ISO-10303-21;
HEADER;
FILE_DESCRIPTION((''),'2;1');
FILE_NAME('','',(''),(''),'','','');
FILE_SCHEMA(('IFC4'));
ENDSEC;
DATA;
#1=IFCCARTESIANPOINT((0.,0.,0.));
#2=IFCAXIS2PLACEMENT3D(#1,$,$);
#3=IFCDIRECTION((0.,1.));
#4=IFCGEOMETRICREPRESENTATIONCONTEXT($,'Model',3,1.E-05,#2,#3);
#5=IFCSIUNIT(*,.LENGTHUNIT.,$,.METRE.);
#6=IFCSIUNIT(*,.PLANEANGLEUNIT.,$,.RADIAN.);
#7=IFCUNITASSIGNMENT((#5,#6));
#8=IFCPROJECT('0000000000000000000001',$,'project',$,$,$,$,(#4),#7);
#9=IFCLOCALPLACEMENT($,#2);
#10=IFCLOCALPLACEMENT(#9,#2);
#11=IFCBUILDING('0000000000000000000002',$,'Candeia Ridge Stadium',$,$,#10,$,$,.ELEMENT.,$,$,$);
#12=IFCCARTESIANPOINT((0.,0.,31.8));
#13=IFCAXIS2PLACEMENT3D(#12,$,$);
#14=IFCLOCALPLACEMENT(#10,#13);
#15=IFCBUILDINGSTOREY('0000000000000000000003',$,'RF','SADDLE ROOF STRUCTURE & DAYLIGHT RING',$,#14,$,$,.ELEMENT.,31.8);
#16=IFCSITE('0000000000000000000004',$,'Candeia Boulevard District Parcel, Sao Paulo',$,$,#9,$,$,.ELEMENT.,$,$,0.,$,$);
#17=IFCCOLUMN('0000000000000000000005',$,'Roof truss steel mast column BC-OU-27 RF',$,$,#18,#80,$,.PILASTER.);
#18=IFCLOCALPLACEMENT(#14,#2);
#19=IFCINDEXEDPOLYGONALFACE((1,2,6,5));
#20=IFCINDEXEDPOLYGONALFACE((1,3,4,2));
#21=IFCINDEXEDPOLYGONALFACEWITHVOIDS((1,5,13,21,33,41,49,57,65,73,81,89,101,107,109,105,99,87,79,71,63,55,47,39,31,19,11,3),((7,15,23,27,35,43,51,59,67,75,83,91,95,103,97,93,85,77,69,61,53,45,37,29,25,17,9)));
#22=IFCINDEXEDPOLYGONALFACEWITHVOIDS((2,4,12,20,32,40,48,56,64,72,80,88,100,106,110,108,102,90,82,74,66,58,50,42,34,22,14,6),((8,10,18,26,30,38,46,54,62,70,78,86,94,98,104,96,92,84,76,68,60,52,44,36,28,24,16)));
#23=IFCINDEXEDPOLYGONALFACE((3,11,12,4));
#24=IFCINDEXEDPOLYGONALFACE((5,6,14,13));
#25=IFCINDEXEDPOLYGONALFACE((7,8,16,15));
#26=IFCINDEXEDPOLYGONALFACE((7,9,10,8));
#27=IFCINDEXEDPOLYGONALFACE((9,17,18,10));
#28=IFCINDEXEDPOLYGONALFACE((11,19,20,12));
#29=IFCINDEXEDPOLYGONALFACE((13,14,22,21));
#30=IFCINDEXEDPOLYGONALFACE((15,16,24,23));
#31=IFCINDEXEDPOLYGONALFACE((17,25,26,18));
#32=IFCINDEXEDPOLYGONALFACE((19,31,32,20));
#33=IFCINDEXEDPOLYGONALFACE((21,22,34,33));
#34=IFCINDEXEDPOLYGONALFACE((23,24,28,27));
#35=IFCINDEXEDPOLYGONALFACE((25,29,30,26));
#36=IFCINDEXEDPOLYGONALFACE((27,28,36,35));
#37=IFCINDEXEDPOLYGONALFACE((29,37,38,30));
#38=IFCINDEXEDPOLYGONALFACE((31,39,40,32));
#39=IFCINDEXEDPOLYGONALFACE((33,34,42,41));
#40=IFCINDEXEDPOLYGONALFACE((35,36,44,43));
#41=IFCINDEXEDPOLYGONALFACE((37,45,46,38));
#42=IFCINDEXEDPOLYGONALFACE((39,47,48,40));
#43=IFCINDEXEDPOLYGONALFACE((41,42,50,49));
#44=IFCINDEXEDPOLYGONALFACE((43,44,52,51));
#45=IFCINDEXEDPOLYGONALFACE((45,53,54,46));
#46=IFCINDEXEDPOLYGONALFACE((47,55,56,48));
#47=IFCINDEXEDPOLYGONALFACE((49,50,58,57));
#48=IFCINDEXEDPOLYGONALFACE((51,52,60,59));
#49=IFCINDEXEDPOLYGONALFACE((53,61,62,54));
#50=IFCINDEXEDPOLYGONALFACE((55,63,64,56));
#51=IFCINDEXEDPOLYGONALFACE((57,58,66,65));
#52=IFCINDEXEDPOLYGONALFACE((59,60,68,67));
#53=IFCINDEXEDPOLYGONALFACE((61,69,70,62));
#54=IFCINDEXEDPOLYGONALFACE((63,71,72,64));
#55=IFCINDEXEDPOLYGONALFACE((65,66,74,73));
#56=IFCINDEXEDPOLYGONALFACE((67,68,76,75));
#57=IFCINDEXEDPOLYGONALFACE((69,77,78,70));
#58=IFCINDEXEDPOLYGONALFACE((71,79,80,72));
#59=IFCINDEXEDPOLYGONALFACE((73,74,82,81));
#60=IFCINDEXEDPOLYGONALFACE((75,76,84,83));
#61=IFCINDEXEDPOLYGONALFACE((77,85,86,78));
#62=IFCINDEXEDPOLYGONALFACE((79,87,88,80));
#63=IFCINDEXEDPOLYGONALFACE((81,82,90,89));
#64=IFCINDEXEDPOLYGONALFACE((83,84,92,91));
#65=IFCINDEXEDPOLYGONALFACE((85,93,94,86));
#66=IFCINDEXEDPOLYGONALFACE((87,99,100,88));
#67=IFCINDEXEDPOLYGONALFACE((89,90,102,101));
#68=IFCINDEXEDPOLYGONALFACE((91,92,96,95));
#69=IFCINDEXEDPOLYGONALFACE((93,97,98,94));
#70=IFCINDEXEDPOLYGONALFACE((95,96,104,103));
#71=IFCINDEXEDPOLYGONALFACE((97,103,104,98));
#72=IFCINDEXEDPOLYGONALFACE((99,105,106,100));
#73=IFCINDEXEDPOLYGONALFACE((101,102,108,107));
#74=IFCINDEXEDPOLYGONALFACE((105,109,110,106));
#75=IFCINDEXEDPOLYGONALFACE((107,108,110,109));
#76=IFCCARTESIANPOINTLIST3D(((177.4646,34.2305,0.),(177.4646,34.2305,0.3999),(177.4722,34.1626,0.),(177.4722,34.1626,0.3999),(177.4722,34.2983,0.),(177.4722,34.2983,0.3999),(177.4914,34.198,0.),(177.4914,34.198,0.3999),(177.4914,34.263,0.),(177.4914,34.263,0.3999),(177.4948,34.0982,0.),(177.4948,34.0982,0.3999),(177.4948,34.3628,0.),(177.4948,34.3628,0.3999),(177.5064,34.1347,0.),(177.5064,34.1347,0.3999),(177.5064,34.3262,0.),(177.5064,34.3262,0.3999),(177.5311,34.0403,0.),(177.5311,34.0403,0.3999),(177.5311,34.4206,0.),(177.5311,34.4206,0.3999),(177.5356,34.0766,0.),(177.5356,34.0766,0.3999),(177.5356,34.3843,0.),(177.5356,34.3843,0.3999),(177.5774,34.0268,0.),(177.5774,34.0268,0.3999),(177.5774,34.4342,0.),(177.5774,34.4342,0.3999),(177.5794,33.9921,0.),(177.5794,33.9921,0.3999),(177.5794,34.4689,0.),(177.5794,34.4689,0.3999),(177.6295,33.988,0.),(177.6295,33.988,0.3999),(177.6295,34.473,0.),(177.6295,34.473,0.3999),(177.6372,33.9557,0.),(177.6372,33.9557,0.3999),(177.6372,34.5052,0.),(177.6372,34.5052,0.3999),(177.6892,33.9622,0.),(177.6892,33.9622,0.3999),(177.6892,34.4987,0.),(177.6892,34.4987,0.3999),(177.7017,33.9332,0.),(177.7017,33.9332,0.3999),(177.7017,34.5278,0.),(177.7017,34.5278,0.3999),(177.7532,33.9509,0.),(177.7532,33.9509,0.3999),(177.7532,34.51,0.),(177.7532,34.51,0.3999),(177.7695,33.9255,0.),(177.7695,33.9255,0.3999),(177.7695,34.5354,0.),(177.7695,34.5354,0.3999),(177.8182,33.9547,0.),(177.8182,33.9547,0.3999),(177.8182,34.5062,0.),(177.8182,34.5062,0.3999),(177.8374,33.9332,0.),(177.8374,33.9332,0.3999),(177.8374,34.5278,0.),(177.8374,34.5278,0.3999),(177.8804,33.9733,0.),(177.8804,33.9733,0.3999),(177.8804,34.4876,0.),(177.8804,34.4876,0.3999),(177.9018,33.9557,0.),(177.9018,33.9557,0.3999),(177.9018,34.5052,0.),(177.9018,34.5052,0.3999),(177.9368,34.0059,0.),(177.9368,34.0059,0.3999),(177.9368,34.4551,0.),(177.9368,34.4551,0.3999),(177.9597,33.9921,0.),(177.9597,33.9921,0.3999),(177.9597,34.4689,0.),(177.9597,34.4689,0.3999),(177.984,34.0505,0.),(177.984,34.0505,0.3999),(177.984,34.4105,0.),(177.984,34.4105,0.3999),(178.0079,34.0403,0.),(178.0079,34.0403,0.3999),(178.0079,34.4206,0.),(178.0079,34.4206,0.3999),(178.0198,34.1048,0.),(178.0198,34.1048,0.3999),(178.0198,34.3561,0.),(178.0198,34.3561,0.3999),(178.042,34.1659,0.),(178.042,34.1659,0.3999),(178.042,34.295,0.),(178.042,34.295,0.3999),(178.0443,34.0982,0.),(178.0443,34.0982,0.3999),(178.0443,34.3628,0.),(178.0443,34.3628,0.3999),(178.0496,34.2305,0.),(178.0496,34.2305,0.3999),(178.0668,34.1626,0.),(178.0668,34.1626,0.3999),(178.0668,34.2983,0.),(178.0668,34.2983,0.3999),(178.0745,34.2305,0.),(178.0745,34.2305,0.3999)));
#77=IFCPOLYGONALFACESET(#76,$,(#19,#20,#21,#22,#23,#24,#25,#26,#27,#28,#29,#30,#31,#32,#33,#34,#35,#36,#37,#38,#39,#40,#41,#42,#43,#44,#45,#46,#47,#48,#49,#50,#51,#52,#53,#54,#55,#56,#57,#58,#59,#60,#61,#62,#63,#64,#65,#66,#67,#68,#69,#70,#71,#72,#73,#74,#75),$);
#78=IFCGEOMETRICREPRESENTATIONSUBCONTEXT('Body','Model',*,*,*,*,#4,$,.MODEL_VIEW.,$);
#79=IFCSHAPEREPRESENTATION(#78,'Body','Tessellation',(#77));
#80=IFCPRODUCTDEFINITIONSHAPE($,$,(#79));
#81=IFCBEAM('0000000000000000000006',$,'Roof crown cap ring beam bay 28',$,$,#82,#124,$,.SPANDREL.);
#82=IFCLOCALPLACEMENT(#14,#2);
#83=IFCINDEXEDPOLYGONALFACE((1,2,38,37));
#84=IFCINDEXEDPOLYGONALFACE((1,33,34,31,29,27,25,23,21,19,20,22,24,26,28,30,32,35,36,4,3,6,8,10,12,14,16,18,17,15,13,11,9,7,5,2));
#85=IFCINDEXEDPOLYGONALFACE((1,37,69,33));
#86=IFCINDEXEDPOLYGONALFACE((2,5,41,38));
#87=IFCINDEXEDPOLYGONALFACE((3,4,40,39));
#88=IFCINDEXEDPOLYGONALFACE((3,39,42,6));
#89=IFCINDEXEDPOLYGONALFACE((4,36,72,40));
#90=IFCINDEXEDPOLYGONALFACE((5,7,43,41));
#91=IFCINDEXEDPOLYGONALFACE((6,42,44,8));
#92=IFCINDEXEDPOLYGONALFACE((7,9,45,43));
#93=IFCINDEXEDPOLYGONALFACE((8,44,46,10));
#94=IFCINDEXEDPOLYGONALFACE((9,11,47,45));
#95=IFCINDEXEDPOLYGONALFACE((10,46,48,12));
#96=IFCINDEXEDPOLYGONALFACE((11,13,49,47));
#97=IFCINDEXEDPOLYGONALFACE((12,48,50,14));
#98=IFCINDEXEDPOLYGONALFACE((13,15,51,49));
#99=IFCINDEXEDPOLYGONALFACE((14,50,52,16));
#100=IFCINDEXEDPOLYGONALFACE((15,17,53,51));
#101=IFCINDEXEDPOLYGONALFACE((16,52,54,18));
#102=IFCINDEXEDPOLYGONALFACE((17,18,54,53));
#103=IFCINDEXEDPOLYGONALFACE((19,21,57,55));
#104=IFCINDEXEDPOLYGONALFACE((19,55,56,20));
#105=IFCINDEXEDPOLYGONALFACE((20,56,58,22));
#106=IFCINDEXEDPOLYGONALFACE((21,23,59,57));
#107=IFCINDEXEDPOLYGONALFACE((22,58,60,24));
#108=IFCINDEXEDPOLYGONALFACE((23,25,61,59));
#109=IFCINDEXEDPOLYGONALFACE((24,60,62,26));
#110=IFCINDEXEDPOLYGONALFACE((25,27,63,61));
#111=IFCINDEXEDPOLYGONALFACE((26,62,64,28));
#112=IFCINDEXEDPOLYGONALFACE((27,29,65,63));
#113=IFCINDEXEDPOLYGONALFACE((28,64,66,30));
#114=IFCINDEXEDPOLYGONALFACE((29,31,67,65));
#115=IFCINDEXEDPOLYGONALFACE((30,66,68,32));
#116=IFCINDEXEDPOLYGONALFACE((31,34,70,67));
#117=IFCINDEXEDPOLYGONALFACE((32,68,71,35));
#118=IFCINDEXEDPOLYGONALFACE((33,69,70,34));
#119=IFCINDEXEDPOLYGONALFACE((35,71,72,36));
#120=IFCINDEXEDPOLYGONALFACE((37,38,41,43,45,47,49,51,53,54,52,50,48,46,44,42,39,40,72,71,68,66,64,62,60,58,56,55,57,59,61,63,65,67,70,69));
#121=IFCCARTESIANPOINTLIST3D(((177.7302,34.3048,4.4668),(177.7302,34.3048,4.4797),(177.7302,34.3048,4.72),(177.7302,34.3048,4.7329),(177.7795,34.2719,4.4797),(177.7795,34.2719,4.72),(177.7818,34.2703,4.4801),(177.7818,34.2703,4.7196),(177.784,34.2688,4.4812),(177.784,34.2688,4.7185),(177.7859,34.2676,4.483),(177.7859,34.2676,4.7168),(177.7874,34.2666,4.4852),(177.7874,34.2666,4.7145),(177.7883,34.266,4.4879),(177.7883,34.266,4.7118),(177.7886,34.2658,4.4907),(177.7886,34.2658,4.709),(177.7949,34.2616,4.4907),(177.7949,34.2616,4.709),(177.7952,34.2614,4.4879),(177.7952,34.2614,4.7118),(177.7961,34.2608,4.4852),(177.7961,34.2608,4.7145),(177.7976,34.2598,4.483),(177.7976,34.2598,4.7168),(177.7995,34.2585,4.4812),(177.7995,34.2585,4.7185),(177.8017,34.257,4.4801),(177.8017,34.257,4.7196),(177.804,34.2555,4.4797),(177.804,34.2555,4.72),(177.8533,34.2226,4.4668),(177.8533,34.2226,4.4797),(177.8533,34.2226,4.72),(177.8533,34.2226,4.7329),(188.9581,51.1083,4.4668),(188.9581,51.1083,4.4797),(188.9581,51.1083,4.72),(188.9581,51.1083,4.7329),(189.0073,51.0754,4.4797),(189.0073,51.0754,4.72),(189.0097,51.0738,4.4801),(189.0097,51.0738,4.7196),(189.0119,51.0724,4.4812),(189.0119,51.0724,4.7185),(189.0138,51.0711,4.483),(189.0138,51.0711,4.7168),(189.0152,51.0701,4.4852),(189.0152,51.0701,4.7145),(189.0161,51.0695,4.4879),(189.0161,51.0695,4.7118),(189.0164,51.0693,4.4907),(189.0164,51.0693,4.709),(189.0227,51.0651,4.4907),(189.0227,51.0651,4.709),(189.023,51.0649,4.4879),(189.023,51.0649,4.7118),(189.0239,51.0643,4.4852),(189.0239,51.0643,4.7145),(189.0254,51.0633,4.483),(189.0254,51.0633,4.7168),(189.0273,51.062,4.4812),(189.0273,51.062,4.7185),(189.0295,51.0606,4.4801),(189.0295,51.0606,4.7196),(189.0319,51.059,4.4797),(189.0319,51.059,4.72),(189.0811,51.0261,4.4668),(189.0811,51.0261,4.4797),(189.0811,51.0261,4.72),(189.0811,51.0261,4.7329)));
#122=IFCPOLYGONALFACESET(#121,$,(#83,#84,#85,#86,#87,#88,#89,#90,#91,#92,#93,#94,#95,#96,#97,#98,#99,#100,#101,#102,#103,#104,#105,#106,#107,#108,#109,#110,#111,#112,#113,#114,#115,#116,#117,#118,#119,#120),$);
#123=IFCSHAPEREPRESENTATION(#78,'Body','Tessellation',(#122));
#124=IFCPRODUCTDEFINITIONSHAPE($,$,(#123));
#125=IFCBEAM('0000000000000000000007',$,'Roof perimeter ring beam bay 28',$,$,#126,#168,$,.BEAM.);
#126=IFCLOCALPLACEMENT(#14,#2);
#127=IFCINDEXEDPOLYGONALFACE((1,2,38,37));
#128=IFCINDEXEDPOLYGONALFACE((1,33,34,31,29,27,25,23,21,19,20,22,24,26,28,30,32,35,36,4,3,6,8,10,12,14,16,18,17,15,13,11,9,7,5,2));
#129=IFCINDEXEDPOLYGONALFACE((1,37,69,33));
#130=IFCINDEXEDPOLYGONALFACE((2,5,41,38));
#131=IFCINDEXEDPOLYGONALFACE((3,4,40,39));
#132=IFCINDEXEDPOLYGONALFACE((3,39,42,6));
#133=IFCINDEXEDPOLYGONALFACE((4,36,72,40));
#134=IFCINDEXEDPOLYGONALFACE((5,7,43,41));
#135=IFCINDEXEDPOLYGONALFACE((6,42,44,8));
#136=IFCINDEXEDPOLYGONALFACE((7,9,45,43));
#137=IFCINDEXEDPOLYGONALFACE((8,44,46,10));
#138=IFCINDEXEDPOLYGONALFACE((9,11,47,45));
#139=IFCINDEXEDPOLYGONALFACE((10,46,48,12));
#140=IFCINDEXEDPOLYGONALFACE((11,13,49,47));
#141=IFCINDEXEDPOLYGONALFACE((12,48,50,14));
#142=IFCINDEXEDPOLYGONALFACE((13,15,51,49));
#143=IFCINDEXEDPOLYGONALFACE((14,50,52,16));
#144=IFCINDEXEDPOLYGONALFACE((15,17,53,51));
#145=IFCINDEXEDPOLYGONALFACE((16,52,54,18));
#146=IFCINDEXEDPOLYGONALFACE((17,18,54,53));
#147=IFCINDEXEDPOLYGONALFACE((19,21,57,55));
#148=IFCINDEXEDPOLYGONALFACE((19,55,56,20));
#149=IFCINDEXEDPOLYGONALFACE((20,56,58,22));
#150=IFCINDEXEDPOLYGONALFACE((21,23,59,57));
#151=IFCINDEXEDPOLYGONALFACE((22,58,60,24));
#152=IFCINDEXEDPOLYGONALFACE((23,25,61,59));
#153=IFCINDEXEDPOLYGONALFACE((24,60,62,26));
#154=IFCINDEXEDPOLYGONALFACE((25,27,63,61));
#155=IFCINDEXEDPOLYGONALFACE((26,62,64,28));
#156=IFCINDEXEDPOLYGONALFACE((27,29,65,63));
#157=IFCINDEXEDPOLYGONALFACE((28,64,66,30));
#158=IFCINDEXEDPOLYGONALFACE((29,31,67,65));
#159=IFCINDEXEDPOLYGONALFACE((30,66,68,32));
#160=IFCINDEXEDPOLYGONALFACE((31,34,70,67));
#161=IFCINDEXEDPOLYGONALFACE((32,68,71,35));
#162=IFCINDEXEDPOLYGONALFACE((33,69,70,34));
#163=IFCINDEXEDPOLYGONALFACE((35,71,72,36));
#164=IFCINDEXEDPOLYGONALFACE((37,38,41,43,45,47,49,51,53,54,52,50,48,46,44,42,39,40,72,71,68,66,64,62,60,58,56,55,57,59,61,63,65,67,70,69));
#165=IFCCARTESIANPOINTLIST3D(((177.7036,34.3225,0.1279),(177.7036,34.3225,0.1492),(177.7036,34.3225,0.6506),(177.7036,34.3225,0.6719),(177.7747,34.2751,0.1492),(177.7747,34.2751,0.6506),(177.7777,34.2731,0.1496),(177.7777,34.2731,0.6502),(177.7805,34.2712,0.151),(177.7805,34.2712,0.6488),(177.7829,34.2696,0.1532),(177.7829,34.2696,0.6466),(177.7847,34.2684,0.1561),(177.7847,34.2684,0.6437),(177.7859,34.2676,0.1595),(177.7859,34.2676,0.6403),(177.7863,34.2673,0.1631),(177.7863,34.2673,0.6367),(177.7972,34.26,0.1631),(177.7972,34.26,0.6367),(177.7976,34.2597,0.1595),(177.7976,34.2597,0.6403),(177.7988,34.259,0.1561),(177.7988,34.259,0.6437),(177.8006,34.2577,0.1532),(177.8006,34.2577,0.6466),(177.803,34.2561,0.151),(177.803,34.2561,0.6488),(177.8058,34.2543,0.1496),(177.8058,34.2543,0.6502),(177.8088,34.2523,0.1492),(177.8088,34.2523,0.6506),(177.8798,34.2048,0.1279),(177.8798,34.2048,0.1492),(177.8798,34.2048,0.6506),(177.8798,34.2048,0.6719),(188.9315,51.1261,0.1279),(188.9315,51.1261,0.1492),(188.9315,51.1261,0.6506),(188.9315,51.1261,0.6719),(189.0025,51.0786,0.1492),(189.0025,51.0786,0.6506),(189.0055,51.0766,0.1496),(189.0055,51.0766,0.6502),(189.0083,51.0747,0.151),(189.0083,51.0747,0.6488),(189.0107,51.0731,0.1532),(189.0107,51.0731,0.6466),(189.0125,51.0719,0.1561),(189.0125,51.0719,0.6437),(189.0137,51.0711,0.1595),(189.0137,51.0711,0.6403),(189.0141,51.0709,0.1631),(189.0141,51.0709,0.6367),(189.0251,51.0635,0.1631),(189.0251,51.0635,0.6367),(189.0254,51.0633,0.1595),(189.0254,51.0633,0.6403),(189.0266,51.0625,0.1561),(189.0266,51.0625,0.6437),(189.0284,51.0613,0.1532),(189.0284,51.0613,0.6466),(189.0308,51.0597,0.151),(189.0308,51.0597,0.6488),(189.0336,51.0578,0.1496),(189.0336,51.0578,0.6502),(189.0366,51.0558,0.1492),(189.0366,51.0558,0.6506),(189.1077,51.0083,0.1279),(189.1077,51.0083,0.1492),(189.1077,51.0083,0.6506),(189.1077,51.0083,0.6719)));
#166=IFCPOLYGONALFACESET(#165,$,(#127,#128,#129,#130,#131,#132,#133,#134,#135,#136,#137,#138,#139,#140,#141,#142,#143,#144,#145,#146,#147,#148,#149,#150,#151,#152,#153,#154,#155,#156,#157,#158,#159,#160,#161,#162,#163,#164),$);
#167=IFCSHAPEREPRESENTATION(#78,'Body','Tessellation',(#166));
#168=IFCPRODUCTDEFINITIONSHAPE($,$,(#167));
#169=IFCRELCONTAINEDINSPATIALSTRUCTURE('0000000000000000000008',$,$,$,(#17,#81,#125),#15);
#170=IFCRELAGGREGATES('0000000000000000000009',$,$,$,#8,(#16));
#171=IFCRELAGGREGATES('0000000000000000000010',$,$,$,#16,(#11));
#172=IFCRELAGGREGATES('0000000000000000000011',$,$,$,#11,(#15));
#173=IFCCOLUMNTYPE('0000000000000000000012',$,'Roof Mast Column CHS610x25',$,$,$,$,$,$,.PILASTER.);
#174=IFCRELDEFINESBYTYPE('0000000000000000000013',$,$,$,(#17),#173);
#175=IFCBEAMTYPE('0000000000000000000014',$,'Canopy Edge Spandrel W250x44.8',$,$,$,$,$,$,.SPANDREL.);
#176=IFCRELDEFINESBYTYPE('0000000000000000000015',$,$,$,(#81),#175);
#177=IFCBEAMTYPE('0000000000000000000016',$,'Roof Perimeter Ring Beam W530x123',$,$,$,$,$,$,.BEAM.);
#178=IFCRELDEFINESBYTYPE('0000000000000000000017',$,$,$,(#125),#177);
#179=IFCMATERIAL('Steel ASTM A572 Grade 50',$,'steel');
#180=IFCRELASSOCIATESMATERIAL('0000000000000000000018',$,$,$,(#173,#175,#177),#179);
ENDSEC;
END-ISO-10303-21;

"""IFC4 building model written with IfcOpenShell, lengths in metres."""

from ifc_helpers import new_model, si_unit, direction, frame, origin, origin_2d, place, context, subcontext, project, spatial, hollow_circle, i_section, extrude, material, material_profile, profile_set, type_object, element, save


model = new_model("IFC4")

# Units and contexts
model_context = context("Model", 3, precision=1e-05, world=origin(), true_north=direction((0.0, 1.0)))
body_context = subcontext(model_context, "Body", "Model", "MODEL_VIEW")
ifc_project = project(units=[si_unit("LENGTHUNIT", "METRE"), si_unit("PLANEANGLEUNIT", "RADIAN")], contexts=[model_context])

# Site, building, storey
site_placement = place(None, origin())
site = spatial("IfcSite", under=ifc_project, at=site_placement, Name="Candeia Boulevard District Parcel, Sao Paulo", CompositionType="ELEMENT", RefElevation=0.0)
building_placement = place(site_placement, origin())
building = spatial("IfcBuilding", under=site, at=building_placement, Name="Candeia Ridge Stadium", CompositionType="ELEMENT")
storey_placement = place(building_placement, frame((0.0, 0.0, 31.8)))
storey = spatial("IfcBuildingStorey", under=building, at=storey_placement, Name="RF", Description="SADDLE ROOF STRUCTURE & DAYLIGHT RING", CompositionType="ELEMENT", Elevation=31.8)

# Column
ifc_material_1 = material(Name="Steel ASTM A572 Grade 50", Category="steel")
ifc_material_profile_1 = material_profile(ifc_material_1, hollow_circle(Radius=0.3049, WallThickness=0.0249, at=origin_2d()), Name="CHS610x25", Category="steel")
ifc_profile_set_1 = profile_set([ifc_material_profile_1], Name="Steel ASTM A572 Grade 50")
column_type = type_object("IfcColumnType", Name="Roof Mast Column CHS610x25", PredefinedType="PILASTER", material=ifc_profile_set_1)
column_placement = place(storey_placement, frame((177.7695, 34.2305, 0.0), z_axis=(0.0, 0.0, 1.0), x_axis=(1.0, 0.0, 0.0)))
element("IfcColumn", 1, at=column_placement, inside=storey, type_object=column_type, Name="Roof truss steel mast column BC-OU-27 RF", PredefinedType="PILASTER", context=body_context, shape_type="SweptSolid", body=[
    extrude(hollow_circle(Radius=0.3049, WallThickness=0.0249, at=origin_2d()), origin(), (0.0, 0.0, 1.0), 0.3999),
])

# Beams
ifc_material_profile_2 = material_profile(ifc_material_1, i_section(OverallWidth=0.1479, OverallDepth=0.2661, WebThickness=0.0076, FlangeThickness=0.0129, FilletRadius=0.011, at=origin_2d()), Name="W250x44.8", Category="steel")
ifc_profile_set_2 = profile_set([ifc_material_profile_2], Name="Steel ASTM A572 Grade 50")
beam_type_1 = type_object("IfcBeamType", Name="Canopy Edge Spandrel W250x44.8", PredefinedType="SPANDREL", material=ifc_profile_set_2)
beam_1_placement = place(storey_placement, frame((177.7917, 34.2637, 4.5999), z_axis=(0.555572, 0.831468, 0.0), x_axis=(-0.831468, 0.555572, 0.0)))
element("IfcBeam", 2, at=beam_1_placement, inside=storey, type_object=beam_type_1, Name="Roof crown cap ring beam bay 28", PredefinedType="SPANDREL", context=body_context, shape_type="SweptSolid", body=[
    extrude(i_section(OverallWidth=0.1479, OverallDepth=0.2661, WebThickness=0.0076, FlangeThickness=0.0129, FilletRadius=0.011, at=origin_2d()), origin(), (0.0, 0.0, 1.0), 20.2095),
])
ifc_material_profile_3 = material_profile(ifc_material_1, i_section(OverallWidth=0.2119, OverallDepth=0.5439, WebThickness=0.0132, FlangeThickness=0.0212, FilletRadius=0.0139, at=origin_2d()), Name="W530x123", Category="steel")
ifc_profile_set_3 = profile_set([ifc_material_profile_3], Name="Steel ASTM A572 Grade 50")
beam_type_2 = type_object("IfcBeamType", Name="Roof Perimeter Ring Beam W530x123", PredefinedType="BEAM", material=ifc_profile_set_3)
beam_2_placement = place(storey_placement, frame((177.7917, 34.2637, 0.3999), z_axis=(0.555572, 0.831468, 0.0), x_axis=(-0.831468, 0.555572, 0.0)))
element("IfcBeam", 3, at=beam_2_placement, inside=storey, type_object=beam_type_2, Name="Roof perimeter ring beam bay 28", PredefinedType="BEAM", context=body_context, shape_type="SweptSolid", body=[
    extrude(i_section(OverallWidth=0.2119, OverallDepth=0.5439, WebThickness=0.0132, FlangeThickness=0.0212, FilletRadius=0.0139, at=origin_2d()), origin(), (0.0, 0.0, 1.0), 20.2095),
])

save(model, "model.ifc")
